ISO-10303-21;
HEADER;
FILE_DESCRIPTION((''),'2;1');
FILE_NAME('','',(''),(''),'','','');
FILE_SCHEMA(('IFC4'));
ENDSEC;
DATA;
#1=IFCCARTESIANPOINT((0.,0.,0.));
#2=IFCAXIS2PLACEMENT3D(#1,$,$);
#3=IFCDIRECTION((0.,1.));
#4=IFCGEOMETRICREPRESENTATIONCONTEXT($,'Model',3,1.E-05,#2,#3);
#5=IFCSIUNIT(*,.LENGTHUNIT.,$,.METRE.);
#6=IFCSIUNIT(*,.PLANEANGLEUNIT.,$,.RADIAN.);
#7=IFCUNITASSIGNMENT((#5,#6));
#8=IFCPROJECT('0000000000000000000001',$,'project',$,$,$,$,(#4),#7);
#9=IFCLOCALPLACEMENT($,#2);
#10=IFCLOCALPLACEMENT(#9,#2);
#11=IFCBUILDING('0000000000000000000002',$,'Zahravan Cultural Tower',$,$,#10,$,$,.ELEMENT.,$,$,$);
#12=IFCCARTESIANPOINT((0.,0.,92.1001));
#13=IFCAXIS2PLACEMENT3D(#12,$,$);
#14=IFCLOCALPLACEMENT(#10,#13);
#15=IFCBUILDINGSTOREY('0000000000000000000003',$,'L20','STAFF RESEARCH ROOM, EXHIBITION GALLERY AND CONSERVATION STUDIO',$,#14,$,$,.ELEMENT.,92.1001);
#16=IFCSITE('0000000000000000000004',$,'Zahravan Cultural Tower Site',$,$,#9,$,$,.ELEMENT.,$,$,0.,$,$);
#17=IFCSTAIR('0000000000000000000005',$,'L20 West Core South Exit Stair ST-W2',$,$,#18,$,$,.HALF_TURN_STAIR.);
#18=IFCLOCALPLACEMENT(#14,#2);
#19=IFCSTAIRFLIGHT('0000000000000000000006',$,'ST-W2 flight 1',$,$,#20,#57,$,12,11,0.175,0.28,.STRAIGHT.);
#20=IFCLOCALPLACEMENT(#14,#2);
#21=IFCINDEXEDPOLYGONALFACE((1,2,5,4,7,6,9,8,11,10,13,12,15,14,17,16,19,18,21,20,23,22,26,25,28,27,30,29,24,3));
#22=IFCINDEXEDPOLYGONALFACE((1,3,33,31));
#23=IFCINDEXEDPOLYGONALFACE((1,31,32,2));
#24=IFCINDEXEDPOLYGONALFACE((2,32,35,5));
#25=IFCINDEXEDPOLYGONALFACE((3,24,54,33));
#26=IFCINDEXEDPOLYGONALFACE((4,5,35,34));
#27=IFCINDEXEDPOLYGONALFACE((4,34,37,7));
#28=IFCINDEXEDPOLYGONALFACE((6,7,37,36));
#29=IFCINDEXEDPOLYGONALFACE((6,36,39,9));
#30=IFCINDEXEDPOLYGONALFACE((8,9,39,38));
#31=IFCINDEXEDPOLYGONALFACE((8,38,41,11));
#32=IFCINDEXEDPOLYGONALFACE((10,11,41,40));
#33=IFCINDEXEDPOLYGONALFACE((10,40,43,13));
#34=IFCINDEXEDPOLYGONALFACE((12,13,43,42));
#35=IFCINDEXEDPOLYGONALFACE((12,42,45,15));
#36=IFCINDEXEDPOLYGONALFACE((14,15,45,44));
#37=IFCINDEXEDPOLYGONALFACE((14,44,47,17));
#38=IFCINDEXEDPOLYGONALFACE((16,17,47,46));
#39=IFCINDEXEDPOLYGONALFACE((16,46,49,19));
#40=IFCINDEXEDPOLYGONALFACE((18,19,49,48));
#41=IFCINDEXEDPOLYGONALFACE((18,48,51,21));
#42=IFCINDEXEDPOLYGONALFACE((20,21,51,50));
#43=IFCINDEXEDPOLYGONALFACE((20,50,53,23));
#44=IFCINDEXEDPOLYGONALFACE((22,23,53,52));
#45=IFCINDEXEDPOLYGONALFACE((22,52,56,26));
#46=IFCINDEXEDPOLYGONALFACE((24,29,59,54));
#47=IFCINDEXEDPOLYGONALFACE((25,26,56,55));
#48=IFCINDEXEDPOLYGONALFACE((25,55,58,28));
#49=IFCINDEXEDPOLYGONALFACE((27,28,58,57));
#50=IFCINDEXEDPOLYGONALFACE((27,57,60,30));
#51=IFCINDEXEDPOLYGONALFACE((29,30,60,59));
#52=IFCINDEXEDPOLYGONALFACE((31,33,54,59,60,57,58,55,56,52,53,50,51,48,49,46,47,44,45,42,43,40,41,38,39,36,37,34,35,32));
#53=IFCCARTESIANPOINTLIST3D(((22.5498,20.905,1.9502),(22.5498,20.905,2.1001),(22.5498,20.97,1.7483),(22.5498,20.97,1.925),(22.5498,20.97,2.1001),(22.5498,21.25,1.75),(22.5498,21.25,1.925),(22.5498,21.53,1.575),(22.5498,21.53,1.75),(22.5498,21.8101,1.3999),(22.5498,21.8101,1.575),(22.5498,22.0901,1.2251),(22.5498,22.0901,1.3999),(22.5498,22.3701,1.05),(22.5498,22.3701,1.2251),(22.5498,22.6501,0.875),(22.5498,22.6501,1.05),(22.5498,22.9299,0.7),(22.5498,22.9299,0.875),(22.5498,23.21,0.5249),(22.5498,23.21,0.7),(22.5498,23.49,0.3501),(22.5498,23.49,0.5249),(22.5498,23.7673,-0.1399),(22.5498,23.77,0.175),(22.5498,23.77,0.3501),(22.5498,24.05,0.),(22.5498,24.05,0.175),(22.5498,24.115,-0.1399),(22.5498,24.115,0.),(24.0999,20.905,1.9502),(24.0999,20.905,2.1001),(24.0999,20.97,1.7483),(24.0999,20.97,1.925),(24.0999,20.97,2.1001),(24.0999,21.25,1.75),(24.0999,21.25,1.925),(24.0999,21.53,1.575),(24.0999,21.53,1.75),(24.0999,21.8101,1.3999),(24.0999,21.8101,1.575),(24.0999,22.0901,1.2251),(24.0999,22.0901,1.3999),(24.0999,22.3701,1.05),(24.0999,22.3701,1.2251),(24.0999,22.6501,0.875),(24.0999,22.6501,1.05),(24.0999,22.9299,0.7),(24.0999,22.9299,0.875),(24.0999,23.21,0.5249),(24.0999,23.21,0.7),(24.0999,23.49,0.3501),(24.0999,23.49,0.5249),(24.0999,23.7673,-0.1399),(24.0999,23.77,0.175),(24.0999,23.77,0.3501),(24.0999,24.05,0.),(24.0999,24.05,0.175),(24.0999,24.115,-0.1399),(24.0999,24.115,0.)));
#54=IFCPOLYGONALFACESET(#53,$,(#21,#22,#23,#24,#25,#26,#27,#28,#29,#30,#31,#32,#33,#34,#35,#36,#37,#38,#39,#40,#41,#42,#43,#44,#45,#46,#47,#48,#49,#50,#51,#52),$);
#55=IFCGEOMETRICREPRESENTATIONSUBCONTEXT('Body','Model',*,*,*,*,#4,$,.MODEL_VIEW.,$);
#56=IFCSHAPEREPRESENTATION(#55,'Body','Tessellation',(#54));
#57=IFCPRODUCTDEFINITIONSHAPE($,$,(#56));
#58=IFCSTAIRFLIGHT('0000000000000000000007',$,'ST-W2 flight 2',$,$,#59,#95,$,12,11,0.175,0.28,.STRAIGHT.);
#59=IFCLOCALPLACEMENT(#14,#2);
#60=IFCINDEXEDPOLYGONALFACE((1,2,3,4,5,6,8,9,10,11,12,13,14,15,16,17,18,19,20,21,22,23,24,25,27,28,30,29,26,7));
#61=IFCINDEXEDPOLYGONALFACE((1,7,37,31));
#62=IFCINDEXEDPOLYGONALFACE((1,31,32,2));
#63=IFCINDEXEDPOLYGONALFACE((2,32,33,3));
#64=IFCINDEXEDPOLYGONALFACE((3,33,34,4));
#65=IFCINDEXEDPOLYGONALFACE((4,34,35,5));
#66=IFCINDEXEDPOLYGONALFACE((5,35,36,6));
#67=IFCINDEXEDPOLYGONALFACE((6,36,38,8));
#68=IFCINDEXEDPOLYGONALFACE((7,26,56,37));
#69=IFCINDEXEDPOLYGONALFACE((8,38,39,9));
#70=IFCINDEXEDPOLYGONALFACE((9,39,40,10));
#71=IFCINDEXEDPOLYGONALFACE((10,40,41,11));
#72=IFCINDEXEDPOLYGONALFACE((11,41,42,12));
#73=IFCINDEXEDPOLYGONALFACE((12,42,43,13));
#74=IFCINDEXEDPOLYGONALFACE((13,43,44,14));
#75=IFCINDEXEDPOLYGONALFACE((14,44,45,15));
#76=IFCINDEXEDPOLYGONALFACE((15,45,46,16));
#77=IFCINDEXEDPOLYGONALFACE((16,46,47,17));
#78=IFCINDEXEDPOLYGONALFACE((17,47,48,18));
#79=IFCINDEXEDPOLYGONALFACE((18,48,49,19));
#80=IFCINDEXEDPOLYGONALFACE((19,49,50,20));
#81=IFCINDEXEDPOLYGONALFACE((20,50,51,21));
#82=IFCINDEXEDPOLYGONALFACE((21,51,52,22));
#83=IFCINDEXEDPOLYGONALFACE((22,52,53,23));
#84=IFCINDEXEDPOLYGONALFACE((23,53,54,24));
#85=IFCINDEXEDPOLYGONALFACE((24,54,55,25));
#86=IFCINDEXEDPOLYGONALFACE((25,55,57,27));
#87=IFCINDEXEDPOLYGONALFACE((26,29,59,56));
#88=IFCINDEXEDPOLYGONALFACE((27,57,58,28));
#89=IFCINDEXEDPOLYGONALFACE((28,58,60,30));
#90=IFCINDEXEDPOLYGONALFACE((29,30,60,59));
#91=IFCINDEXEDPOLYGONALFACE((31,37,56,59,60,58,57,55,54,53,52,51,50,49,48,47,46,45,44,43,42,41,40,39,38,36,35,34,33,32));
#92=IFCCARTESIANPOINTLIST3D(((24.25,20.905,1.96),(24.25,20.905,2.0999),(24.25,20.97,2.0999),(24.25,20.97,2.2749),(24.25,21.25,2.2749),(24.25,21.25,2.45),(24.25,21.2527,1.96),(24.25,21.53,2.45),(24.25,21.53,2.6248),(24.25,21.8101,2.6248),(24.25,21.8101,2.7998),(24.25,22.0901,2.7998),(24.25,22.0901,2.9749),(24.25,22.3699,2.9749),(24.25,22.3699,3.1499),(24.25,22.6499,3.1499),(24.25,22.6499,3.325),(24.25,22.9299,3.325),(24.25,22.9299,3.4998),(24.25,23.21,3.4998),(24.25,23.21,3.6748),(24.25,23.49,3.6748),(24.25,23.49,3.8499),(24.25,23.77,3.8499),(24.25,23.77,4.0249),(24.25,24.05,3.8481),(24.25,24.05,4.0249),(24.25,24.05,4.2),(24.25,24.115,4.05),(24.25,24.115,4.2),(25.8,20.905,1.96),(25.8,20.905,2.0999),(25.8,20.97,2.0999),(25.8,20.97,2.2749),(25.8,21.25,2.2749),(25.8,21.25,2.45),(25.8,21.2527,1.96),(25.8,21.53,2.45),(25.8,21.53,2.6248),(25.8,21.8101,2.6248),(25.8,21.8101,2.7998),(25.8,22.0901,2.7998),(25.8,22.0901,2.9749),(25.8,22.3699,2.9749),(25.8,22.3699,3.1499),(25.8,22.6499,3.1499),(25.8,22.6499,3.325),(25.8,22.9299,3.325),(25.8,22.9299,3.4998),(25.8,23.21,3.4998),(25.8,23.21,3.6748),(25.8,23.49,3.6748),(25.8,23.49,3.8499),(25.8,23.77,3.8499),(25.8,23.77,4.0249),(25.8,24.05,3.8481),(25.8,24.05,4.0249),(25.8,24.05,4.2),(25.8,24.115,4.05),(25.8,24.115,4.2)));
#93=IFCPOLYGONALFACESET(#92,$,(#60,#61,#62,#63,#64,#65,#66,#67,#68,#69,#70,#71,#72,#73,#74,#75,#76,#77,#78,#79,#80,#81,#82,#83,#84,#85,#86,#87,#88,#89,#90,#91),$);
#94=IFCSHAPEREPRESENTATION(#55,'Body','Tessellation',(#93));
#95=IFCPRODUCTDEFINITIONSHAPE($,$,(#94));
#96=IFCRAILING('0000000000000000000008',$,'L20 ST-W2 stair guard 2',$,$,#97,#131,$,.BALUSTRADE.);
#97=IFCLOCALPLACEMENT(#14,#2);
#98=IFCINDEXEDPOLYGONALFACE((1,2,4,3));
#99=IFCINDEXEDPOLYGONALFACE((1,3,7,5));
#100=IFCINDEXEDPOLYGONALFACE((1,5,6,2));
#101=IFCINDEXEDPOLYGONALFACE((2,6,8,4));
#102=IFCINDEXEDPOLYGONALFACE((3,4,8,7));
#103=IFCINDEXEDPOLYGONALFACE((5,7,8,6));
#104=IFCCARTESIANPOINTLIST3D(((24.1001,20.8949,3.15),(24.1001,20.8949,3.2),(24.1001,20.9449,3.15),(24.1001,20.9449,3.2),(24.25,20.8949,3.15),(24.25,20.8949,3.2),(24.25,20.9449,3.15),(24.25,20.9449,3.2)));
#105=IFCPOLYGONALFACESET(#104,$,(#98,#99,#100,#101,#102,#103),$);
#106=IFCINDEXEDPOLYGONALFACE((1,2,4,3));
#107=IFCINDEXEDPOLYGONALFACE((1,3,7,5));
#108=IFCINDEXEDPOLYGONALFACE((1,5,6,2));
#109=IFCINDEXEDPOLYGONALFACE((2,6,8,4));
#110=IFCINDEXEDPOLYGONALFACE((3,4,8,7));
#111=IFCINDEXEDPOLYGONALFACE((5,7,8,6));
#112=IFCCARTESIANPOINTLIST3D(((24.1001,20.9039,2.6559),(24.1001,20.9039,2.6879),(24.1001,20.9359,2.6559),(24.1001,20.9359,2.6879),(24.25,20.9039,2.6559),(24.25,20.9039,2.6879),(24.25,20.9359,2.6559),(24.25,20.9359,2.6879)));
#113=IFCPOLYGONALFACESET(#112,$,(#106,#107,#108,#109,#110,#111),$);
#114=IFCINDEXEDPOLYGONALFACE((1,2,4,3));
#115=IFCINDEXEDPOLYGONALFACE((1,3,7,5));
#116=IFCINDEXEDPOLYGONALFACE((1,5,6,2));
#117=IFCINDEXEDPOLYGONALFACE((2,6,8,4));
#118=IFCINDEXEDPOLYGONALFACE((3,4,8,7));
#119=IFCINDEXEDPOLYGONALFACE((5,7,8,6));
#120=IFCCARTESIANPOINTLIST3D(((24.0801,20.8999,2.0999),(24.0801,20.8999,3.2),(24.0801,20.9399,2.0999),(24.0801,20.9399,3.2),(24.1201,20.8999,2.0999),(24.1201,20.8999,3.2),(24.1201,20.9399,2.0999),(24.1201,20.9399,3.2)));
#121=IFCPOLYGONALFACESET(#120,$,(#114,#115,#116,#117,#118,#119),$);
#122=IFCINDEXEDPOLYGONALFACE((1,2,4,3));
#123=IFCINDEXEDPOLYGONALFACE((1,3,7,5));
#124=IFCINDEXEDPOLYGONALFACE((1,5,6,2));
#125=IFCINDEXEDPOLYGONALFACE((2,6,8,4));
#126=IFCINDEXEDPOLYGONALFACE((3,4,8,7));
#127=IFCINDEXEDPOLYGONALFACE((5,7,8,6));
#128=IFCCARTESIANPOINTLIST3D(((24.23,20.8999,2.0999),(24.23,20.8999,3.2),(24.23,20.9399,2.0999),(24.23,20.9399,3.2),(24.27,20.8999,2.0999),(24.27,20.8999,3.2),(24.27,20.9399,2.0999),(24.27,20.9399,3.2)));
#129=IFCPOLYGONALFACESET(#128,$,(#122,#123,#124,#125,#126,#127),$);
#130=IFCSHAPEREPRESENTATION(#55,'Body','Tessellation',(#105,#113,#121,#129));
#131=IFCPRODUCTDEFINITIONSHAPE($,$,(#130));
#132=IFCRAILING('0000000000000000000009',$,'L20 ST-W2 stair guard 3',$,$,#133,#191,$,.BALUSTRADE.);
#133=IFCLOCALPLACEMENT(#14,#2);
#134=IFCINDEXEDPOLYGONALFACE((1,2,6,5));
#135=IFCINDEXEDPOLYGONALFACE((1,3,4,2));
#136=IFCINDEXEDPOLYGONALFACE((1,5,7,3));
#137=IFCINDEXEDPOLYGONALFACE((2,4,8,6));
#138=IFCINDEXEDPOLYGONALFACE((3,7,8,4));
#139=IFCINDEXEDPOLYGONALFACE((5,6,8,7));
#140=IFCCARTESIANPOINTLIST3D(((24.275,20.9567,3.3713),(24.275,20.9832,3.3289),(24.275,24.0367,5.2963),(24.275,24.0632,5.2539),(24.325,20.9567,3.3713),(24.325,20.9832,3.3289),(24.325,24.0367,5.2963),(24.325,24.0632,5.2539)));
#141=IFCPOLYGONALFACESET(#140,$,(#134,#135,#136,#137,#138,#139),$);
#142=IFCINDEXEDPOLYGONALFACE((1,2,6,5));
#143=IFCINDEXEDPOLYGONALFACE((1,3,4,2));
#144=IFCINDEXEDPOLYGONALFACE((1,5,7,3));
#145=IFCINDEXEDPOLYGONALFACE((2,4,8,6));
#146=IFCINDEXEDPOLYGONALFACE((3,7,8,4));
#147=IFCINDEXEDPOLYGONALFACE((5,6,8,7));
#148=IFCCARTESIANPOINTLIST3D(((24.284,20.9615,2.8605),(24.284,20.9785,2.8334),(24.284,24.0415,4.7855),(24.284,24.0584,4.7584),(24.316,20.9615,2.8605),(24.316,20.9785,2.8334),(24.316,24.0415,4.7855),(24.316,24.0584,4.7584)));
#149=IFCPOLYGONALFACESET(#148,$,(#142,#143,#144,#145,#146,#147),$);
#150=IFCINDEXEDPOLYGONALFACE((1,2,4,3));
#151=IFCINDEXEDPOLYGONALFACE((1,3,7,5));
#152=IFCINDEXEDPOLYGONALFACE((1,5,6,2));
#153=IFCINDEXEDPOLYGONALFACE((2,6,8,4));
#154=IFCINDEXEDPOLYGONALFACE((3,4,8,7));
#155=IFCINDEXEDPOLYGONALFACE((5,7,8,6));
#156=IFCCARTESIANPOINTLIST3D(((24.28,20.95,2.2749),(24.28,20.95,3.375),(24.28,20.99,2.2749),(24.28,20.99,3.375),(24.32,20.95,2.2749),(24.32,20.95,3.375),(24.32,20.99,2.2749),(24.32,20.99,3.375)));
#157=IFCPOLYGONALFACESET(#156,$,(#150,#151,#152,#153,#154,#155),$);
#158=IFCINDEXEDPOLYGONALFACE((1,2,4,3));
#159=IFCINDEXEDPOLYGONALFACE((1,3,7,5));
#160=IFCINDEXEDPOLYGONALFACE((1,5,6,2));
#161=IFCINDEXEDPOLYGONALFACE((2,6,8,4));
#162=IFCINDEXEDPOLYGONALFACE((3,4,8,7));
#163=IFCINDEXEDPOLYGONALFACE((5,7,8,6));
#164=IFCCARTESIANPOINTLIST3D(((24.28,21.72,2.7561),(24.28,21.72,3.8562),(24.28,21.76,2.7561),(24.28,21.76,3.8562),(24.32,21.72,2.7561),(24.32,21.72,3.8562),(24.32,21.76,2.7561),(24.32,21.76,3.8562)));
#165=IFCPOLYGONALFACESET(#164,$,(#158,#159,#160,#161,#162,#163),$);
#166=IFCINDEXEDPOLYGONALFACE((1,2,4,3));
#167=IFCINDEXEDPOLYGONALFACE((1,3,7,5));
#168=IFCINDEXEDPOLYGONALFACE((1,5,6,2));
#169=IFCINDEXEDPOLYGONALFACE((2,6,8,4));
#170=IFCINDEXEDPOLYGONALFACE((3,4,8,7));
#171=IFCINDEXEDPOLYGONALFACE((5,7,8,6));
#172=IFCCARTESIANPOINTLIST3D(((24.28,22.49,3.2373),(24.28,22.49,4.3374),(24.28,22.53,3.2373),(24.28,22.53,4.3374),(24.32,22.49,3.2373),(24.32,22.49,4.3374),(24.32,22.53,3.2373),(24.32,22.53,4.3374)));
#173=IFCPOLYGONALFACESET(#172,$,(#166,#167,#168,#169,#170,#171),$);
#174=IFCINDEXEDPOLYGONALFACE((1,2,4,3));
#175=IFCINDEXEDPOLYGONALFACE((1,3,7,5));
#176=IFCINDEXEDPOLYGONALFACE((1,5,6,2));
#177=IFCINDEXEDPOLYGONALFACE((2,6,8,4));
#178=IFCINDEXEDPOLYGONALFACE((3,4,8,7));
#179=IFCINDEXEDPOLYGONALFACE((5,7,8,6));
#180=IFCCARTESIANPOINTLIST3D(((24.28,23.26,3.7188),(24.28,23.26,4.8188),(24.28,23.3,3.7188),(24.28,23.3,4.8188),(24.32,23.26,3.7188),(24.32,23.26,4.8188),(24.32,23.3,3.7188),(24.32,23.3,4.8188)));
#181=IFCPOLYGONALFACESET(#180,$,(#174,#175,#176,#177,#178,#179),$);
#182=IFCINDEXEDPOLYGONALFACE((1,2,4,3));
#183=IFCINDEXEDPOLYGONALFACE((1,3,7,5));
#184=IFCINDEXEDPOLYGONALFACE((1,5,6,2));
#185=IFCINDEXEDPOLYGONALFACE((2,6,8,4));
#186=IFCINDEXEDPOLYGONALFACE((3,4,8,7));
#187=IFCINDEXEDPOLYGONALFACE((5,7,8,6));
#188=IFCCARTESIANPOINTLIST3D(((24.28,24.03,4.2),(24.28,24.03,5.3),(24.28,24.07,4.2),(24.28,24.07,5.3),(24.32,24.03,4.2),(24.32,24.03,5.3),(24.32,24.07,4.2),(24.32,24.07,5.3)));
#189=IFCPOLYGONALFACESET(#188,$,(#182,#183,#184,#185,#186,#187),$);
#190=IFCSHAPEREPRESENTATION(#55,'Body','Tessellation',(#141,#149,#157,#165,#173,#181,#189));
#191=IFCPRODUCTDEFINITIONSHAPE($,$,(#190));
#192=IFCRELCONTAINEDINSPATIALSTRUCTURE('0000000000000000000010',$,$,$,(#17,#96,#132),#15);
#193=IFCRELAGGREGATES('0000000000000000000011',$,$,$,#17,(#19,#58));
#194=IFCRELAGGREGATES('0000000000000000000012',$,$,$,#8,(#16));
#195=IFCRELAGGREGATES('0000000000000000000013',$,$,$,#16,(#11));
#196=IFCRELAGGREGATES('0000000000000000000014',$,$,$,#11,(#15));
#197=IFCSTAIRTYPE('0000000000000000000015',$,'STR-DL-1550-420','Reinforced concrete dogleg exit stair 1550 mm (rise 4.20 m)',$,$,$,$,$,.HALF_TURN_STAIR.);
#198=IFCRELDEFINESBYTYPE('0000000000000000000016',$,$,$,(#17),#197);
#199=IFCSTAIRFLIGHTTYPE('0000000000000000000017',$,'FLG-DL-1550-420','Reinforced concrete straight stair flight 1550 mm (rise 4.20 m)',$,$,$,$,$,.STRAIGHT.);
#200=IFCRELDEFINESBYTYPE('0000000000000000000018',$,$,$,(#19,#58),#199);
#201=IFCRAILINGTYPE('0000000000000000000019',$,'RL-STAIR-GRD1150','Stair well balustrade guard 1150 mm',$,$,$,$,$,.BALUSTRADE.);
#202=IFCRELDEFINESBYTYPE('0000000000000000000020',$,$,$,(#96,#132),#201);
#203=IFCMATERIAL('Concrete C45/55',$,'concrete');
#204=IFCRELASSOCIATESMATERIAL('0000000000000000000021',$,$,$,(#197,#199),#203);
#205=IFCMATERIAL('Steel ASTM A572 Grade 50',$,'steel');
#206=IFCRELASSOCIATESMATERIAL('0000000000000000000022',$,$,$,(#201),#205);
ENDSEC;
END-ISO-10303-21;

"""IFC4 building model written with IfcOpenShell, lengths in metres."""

from ifc_helpers import new_model, si_unit, direction, frame, origin, origin_2d, place, context, subcontext, project, spatial, polyline, rectangle, outline, extrude, material, type_object, element, aggregate, save


model = new_model("IFC4")

# Units and contexts
model_context = context("Model", 3, precision=1e-05, world=origin(), true_north=direction((0.0, 1.0)))
body_context = subcontext(model_context, "Body", "Model", "MODEL_VIEW")
ifc_project = project(units=[si_unit("LENGTHUNIT", "METRE"), si_unit("PLANEANGLEUNIT", "RADIAN")], contexts=[model_context])

# Site, building, storey
site_placement = place(None, origin())
site = spatial("IfcSite", under=ifc_project, at=site_placement, Name="Zahravan Cultural Tower Site", CompositionType="ELEMENT", RefElevation=0.0)
building_placement = place(site_placement, origin())
building = spatial("IfcBuilding", under=site, at=building_placement, Name="Zahravan Cultural Tower", CompositionType="ELEMENT")
storey_placement = place(building_placement, frame((0.0, 0.0, 92.1001)))
storey = spatial("IfcBuildingStorey", under=building, at=storey_placement, Name="L20", Description="STAFF RESEARCH ROOM, EXHIBITION GALLERY AND CONSERVATION STUDIO", CompositionType="ELEMENT", Elevation=92.1001)

# Shared definitions
ifc_material_1 = material(Name="Steel ASTM A572 Grade 50", Category="steel")
ifc_material_2 = material(Name="Concrete C45/55", Category="concrete")

# Stair, stair flights
stair_type = type_object("IfcStairType", Name="STR-DL-1550-420", Description="Reinforced concrete dogleg exit stair 1550 mm (rise 4.20 m)", PredefinedType="HALF_TURN_STAIR", material=ifc_material_2)
stair_placement = place(storey_placement, origin())
stair = element("IfcStair", 1, at=stair_placement, inside=storey, type_object=stair_type, Name="L20 West Core South Exit Stair ST-W2", PredefinedType="HALF_TURN_STAIR")
stair_flight_type = type_object("IfcStairFlightType", Name="FLG-DL-1550-420", Description="Reinforced concrete straight stair flight 1550 mm (rise 4.20 m)", PredefinedType="STRAIGHT", material=ifc_material_2)
stair_flight_1_placement = place(storey_placement, frame((23.325, 24.05, 0.0), z_axis=(0.0, 0.0, 1.0), x_axis=(0.0, -1.0, 0.0)))
stair_flight_1 = element("IfcStairFlight", 2, at=stair_flight_1_placement, type_object=stair_flight_type, Name="ST-W2 flight 1", NumberOfRisers=12, NumberOfTreads=11, PredefinedType="STRAIGHT", RiserHeight=0.175, TreadLength=0.28, context=body_context, shape_type="SweptSolid", body=[
    extrude(outline(polyline([(-0.0649, -0.1399), (-0.0649, 0.0), (0.0, 0.0), (0.0, 0.175), (0.28, 0.175), (0.28, 0.3501), (0.5601, 0.3501), (0.5601, 0.5249), (0.8401, 0.5249), (0.8401, 0.7), (1.1201, 0.7), (1.1201, 0.875), (1.3999, 0.875), (1.3999, 1.05), (1.6799, 1.05), (1.6799, 1.2251), (1.96, 1.2251), (1.96, 1.3999), (2.24, 1.3999), (2.24, 1.575), (2.52, 1.575), (2.52, 1.75), (2.8, 1.75), (2.8, 1.925), (3.0801, 1.925), (3.0801, 2.1001), (3.145, 2.1001), (3.145, 1.9502), (3.0801, 1.7483), (0.2827, -0.1399), (-0.0649, -0.1399)])), frame((0.0, 0.7749, 0.0), z_axis=(0.0, -1.0, 0.0), x_axis=(1.0, 0.0, 0.0)), (0.0, 0.0, 1.0), 1.55),
])
stair_flight_2_placement = place(storey_placement, frame((25.0249, 20.97, 2.0999), z_axis=(0.0, 0.0, 1.0), x_axis=(0.0, 1.0, 0.0)))
stair_flight_2 = element("IfcStairFlight", 3, at=stair_flight_2_placement, type_object=stair_flight_type, Name="ST-W2 flight 2", NumberOfRisers=12, NumberOfTreads=11, PredefinedType="STRAIGHT", RiserHeight=0.175, TreadLength=0.28, context=body_context, shape_type="SweptSolid", body=[
    extrude(outline(polyline([(-0.0649, -0.1399), (-0.0649, 0.0), (0.0, 0.0), (0.0, 0.175), (0.28, 0.175), (0.28, 0.3501), (0.5601, 0.3501), (0.5601, 0.5249), (0.8401, 0.5249), (0.8401, 0.7), (1.1201, 0.7), (1.1201, 0.875), (1.3999, 0.875), (1.3999, 1.05), (1.6799, 1.05), (1.6799, 1.2251), (1.96, 1.2251), (1.96, 1.3999), (2.24, 1.3999), (2.24, 1.575), (2.52, 1.575), (2.52, 1.75), (2.8, 1.75), (2.8, 1.925), (3.0801, 1.925), (3.0801, 2.1001), (3.145, 2.1001), (3.145, 1.9502), (3.0801, 1.7483), (0.2827, -0.1399), (-0.0649, -0.1399)])), frame((0.0, 0.7749, 0.0), z_axis=(0.0, -1.0, 0.0), x_axis=(1.0, 0.0, 0.0)), (0.0, 0.0, 1.0), 1.55),
])
aggregate(stair, [stair_flight_1, stair_flight_2])

# Railings
railing_type_1 = type_object("IfcRailingType", Name="RL-STAIR-GRD1150", Description="Stair well balustrade guard 1150 mm", PredefinedType="BALUSTRADE", material=ifc_material_1)
railing_1_placement = place(storey_placement, frame((24.1001, 20.9199, 2.0999)))
element("IfcRailing", 4, at=railing_1_placement, inside=storey, type_object=railing_type_1, Name="L20 ST-W2 stair guard 2", PredefinedType="BALUSTRADE", context=body_context, shape_type="SweptSolid", body=[
    extrude(rectangle(XDim=0.05, YDim=0.05, at=origin_2d()), frame((0.0, 0.0, 1.0752), z_axis=(1.0, 0.0, 0.0), x_axis=(0.0, 1.0, 0.0)), (0.0, 0.0, 1.0), 0.1499),
    extrude(rectangle(XDim=0.032, YDim=0.032, at=origin_2d()), frame((0.0, 0.0, 0.572), z_axis=(1.0, 0.0, 0.0), x_axis=(0.0, 1.0, 0.0)), (0.0, 0.0, 1.0), 0.1499),
    extrude(rectangle(XDim=0.04, YDim=0.04, at=origin_2d()), origin(), (0.0, 0.0, 1.0), 1.1001),
    extrude(rectangle(XDim=0.04, YDim=0.04, at=origin_2d()), frame((0.1499, 0.0, 0.0)), (0.0, 0.0, 1.0), 1.1001),
])
railing_2_placement = place(storey_placement, frame((24.3, 20.97, 2.2749)))
element("IfcRailing", 5, at=railing_2_placement, inside=storey, type_object=railing_type_1, Name="L20 ST-W2 stair guard 3", PredefinedType="BALUSTRADE", context=body_context, shape_type="SweptSolid", body=[
    extrude(rectangle(XDim=0.05, YDim=0.05, at=origin_2d()), frame((0.0, 0.0, 1.0752), z_axis=(0.0, 0.847998, 0.529999), x_axis=(-1.0, 0.0, 0.0)), (0.0, 0.0, 1.0), 3.6321),
    extrude(rectangle(XDim=0.032, YDim=0.032, at=origin_2d()), frame((0.0, 0.0, 0.572), z_axis=(0.0, 0.847998, 0.529999), x_axis=(-1.0, 0.0, 0.0)), (0.0, 0.0, 1.0), 3.6321),
    extrude(rectangle(XDim=0.04, YDim=0.04, at=origin_2d()), origin(), (0.0, 0.0, 1.0), 1.1001),
    extrude(rectangle(XDim=0.04, YDim=0.04, at=origin_2d()), frame((0.0, 0.77, 0.4812)), (0.0, 0.0, 1.0), 1.1001),
    extrude(rectangle(XDim=0.04, YDim=0.04, at=origin_2d()), frame((0.0, 1.54, 0.9624)), (0.0, 0.0, 1.0), 1.1001),
    extrude(rectangle(XDim=0.04, YDim=0.04, at=origin_2d()), frame((0.0, 2.3101, 1.4438)), (0.0, 0.0, 1.0), 1.1001),
    extrude(rectangle(XDim=0.04, YDim=0.04, at=origin_2d()), frame((0.0, 3.0801, 1.925)), (0.0, 0.0, 1.0), 1.1001),
])

save(model, "model.ifc")
